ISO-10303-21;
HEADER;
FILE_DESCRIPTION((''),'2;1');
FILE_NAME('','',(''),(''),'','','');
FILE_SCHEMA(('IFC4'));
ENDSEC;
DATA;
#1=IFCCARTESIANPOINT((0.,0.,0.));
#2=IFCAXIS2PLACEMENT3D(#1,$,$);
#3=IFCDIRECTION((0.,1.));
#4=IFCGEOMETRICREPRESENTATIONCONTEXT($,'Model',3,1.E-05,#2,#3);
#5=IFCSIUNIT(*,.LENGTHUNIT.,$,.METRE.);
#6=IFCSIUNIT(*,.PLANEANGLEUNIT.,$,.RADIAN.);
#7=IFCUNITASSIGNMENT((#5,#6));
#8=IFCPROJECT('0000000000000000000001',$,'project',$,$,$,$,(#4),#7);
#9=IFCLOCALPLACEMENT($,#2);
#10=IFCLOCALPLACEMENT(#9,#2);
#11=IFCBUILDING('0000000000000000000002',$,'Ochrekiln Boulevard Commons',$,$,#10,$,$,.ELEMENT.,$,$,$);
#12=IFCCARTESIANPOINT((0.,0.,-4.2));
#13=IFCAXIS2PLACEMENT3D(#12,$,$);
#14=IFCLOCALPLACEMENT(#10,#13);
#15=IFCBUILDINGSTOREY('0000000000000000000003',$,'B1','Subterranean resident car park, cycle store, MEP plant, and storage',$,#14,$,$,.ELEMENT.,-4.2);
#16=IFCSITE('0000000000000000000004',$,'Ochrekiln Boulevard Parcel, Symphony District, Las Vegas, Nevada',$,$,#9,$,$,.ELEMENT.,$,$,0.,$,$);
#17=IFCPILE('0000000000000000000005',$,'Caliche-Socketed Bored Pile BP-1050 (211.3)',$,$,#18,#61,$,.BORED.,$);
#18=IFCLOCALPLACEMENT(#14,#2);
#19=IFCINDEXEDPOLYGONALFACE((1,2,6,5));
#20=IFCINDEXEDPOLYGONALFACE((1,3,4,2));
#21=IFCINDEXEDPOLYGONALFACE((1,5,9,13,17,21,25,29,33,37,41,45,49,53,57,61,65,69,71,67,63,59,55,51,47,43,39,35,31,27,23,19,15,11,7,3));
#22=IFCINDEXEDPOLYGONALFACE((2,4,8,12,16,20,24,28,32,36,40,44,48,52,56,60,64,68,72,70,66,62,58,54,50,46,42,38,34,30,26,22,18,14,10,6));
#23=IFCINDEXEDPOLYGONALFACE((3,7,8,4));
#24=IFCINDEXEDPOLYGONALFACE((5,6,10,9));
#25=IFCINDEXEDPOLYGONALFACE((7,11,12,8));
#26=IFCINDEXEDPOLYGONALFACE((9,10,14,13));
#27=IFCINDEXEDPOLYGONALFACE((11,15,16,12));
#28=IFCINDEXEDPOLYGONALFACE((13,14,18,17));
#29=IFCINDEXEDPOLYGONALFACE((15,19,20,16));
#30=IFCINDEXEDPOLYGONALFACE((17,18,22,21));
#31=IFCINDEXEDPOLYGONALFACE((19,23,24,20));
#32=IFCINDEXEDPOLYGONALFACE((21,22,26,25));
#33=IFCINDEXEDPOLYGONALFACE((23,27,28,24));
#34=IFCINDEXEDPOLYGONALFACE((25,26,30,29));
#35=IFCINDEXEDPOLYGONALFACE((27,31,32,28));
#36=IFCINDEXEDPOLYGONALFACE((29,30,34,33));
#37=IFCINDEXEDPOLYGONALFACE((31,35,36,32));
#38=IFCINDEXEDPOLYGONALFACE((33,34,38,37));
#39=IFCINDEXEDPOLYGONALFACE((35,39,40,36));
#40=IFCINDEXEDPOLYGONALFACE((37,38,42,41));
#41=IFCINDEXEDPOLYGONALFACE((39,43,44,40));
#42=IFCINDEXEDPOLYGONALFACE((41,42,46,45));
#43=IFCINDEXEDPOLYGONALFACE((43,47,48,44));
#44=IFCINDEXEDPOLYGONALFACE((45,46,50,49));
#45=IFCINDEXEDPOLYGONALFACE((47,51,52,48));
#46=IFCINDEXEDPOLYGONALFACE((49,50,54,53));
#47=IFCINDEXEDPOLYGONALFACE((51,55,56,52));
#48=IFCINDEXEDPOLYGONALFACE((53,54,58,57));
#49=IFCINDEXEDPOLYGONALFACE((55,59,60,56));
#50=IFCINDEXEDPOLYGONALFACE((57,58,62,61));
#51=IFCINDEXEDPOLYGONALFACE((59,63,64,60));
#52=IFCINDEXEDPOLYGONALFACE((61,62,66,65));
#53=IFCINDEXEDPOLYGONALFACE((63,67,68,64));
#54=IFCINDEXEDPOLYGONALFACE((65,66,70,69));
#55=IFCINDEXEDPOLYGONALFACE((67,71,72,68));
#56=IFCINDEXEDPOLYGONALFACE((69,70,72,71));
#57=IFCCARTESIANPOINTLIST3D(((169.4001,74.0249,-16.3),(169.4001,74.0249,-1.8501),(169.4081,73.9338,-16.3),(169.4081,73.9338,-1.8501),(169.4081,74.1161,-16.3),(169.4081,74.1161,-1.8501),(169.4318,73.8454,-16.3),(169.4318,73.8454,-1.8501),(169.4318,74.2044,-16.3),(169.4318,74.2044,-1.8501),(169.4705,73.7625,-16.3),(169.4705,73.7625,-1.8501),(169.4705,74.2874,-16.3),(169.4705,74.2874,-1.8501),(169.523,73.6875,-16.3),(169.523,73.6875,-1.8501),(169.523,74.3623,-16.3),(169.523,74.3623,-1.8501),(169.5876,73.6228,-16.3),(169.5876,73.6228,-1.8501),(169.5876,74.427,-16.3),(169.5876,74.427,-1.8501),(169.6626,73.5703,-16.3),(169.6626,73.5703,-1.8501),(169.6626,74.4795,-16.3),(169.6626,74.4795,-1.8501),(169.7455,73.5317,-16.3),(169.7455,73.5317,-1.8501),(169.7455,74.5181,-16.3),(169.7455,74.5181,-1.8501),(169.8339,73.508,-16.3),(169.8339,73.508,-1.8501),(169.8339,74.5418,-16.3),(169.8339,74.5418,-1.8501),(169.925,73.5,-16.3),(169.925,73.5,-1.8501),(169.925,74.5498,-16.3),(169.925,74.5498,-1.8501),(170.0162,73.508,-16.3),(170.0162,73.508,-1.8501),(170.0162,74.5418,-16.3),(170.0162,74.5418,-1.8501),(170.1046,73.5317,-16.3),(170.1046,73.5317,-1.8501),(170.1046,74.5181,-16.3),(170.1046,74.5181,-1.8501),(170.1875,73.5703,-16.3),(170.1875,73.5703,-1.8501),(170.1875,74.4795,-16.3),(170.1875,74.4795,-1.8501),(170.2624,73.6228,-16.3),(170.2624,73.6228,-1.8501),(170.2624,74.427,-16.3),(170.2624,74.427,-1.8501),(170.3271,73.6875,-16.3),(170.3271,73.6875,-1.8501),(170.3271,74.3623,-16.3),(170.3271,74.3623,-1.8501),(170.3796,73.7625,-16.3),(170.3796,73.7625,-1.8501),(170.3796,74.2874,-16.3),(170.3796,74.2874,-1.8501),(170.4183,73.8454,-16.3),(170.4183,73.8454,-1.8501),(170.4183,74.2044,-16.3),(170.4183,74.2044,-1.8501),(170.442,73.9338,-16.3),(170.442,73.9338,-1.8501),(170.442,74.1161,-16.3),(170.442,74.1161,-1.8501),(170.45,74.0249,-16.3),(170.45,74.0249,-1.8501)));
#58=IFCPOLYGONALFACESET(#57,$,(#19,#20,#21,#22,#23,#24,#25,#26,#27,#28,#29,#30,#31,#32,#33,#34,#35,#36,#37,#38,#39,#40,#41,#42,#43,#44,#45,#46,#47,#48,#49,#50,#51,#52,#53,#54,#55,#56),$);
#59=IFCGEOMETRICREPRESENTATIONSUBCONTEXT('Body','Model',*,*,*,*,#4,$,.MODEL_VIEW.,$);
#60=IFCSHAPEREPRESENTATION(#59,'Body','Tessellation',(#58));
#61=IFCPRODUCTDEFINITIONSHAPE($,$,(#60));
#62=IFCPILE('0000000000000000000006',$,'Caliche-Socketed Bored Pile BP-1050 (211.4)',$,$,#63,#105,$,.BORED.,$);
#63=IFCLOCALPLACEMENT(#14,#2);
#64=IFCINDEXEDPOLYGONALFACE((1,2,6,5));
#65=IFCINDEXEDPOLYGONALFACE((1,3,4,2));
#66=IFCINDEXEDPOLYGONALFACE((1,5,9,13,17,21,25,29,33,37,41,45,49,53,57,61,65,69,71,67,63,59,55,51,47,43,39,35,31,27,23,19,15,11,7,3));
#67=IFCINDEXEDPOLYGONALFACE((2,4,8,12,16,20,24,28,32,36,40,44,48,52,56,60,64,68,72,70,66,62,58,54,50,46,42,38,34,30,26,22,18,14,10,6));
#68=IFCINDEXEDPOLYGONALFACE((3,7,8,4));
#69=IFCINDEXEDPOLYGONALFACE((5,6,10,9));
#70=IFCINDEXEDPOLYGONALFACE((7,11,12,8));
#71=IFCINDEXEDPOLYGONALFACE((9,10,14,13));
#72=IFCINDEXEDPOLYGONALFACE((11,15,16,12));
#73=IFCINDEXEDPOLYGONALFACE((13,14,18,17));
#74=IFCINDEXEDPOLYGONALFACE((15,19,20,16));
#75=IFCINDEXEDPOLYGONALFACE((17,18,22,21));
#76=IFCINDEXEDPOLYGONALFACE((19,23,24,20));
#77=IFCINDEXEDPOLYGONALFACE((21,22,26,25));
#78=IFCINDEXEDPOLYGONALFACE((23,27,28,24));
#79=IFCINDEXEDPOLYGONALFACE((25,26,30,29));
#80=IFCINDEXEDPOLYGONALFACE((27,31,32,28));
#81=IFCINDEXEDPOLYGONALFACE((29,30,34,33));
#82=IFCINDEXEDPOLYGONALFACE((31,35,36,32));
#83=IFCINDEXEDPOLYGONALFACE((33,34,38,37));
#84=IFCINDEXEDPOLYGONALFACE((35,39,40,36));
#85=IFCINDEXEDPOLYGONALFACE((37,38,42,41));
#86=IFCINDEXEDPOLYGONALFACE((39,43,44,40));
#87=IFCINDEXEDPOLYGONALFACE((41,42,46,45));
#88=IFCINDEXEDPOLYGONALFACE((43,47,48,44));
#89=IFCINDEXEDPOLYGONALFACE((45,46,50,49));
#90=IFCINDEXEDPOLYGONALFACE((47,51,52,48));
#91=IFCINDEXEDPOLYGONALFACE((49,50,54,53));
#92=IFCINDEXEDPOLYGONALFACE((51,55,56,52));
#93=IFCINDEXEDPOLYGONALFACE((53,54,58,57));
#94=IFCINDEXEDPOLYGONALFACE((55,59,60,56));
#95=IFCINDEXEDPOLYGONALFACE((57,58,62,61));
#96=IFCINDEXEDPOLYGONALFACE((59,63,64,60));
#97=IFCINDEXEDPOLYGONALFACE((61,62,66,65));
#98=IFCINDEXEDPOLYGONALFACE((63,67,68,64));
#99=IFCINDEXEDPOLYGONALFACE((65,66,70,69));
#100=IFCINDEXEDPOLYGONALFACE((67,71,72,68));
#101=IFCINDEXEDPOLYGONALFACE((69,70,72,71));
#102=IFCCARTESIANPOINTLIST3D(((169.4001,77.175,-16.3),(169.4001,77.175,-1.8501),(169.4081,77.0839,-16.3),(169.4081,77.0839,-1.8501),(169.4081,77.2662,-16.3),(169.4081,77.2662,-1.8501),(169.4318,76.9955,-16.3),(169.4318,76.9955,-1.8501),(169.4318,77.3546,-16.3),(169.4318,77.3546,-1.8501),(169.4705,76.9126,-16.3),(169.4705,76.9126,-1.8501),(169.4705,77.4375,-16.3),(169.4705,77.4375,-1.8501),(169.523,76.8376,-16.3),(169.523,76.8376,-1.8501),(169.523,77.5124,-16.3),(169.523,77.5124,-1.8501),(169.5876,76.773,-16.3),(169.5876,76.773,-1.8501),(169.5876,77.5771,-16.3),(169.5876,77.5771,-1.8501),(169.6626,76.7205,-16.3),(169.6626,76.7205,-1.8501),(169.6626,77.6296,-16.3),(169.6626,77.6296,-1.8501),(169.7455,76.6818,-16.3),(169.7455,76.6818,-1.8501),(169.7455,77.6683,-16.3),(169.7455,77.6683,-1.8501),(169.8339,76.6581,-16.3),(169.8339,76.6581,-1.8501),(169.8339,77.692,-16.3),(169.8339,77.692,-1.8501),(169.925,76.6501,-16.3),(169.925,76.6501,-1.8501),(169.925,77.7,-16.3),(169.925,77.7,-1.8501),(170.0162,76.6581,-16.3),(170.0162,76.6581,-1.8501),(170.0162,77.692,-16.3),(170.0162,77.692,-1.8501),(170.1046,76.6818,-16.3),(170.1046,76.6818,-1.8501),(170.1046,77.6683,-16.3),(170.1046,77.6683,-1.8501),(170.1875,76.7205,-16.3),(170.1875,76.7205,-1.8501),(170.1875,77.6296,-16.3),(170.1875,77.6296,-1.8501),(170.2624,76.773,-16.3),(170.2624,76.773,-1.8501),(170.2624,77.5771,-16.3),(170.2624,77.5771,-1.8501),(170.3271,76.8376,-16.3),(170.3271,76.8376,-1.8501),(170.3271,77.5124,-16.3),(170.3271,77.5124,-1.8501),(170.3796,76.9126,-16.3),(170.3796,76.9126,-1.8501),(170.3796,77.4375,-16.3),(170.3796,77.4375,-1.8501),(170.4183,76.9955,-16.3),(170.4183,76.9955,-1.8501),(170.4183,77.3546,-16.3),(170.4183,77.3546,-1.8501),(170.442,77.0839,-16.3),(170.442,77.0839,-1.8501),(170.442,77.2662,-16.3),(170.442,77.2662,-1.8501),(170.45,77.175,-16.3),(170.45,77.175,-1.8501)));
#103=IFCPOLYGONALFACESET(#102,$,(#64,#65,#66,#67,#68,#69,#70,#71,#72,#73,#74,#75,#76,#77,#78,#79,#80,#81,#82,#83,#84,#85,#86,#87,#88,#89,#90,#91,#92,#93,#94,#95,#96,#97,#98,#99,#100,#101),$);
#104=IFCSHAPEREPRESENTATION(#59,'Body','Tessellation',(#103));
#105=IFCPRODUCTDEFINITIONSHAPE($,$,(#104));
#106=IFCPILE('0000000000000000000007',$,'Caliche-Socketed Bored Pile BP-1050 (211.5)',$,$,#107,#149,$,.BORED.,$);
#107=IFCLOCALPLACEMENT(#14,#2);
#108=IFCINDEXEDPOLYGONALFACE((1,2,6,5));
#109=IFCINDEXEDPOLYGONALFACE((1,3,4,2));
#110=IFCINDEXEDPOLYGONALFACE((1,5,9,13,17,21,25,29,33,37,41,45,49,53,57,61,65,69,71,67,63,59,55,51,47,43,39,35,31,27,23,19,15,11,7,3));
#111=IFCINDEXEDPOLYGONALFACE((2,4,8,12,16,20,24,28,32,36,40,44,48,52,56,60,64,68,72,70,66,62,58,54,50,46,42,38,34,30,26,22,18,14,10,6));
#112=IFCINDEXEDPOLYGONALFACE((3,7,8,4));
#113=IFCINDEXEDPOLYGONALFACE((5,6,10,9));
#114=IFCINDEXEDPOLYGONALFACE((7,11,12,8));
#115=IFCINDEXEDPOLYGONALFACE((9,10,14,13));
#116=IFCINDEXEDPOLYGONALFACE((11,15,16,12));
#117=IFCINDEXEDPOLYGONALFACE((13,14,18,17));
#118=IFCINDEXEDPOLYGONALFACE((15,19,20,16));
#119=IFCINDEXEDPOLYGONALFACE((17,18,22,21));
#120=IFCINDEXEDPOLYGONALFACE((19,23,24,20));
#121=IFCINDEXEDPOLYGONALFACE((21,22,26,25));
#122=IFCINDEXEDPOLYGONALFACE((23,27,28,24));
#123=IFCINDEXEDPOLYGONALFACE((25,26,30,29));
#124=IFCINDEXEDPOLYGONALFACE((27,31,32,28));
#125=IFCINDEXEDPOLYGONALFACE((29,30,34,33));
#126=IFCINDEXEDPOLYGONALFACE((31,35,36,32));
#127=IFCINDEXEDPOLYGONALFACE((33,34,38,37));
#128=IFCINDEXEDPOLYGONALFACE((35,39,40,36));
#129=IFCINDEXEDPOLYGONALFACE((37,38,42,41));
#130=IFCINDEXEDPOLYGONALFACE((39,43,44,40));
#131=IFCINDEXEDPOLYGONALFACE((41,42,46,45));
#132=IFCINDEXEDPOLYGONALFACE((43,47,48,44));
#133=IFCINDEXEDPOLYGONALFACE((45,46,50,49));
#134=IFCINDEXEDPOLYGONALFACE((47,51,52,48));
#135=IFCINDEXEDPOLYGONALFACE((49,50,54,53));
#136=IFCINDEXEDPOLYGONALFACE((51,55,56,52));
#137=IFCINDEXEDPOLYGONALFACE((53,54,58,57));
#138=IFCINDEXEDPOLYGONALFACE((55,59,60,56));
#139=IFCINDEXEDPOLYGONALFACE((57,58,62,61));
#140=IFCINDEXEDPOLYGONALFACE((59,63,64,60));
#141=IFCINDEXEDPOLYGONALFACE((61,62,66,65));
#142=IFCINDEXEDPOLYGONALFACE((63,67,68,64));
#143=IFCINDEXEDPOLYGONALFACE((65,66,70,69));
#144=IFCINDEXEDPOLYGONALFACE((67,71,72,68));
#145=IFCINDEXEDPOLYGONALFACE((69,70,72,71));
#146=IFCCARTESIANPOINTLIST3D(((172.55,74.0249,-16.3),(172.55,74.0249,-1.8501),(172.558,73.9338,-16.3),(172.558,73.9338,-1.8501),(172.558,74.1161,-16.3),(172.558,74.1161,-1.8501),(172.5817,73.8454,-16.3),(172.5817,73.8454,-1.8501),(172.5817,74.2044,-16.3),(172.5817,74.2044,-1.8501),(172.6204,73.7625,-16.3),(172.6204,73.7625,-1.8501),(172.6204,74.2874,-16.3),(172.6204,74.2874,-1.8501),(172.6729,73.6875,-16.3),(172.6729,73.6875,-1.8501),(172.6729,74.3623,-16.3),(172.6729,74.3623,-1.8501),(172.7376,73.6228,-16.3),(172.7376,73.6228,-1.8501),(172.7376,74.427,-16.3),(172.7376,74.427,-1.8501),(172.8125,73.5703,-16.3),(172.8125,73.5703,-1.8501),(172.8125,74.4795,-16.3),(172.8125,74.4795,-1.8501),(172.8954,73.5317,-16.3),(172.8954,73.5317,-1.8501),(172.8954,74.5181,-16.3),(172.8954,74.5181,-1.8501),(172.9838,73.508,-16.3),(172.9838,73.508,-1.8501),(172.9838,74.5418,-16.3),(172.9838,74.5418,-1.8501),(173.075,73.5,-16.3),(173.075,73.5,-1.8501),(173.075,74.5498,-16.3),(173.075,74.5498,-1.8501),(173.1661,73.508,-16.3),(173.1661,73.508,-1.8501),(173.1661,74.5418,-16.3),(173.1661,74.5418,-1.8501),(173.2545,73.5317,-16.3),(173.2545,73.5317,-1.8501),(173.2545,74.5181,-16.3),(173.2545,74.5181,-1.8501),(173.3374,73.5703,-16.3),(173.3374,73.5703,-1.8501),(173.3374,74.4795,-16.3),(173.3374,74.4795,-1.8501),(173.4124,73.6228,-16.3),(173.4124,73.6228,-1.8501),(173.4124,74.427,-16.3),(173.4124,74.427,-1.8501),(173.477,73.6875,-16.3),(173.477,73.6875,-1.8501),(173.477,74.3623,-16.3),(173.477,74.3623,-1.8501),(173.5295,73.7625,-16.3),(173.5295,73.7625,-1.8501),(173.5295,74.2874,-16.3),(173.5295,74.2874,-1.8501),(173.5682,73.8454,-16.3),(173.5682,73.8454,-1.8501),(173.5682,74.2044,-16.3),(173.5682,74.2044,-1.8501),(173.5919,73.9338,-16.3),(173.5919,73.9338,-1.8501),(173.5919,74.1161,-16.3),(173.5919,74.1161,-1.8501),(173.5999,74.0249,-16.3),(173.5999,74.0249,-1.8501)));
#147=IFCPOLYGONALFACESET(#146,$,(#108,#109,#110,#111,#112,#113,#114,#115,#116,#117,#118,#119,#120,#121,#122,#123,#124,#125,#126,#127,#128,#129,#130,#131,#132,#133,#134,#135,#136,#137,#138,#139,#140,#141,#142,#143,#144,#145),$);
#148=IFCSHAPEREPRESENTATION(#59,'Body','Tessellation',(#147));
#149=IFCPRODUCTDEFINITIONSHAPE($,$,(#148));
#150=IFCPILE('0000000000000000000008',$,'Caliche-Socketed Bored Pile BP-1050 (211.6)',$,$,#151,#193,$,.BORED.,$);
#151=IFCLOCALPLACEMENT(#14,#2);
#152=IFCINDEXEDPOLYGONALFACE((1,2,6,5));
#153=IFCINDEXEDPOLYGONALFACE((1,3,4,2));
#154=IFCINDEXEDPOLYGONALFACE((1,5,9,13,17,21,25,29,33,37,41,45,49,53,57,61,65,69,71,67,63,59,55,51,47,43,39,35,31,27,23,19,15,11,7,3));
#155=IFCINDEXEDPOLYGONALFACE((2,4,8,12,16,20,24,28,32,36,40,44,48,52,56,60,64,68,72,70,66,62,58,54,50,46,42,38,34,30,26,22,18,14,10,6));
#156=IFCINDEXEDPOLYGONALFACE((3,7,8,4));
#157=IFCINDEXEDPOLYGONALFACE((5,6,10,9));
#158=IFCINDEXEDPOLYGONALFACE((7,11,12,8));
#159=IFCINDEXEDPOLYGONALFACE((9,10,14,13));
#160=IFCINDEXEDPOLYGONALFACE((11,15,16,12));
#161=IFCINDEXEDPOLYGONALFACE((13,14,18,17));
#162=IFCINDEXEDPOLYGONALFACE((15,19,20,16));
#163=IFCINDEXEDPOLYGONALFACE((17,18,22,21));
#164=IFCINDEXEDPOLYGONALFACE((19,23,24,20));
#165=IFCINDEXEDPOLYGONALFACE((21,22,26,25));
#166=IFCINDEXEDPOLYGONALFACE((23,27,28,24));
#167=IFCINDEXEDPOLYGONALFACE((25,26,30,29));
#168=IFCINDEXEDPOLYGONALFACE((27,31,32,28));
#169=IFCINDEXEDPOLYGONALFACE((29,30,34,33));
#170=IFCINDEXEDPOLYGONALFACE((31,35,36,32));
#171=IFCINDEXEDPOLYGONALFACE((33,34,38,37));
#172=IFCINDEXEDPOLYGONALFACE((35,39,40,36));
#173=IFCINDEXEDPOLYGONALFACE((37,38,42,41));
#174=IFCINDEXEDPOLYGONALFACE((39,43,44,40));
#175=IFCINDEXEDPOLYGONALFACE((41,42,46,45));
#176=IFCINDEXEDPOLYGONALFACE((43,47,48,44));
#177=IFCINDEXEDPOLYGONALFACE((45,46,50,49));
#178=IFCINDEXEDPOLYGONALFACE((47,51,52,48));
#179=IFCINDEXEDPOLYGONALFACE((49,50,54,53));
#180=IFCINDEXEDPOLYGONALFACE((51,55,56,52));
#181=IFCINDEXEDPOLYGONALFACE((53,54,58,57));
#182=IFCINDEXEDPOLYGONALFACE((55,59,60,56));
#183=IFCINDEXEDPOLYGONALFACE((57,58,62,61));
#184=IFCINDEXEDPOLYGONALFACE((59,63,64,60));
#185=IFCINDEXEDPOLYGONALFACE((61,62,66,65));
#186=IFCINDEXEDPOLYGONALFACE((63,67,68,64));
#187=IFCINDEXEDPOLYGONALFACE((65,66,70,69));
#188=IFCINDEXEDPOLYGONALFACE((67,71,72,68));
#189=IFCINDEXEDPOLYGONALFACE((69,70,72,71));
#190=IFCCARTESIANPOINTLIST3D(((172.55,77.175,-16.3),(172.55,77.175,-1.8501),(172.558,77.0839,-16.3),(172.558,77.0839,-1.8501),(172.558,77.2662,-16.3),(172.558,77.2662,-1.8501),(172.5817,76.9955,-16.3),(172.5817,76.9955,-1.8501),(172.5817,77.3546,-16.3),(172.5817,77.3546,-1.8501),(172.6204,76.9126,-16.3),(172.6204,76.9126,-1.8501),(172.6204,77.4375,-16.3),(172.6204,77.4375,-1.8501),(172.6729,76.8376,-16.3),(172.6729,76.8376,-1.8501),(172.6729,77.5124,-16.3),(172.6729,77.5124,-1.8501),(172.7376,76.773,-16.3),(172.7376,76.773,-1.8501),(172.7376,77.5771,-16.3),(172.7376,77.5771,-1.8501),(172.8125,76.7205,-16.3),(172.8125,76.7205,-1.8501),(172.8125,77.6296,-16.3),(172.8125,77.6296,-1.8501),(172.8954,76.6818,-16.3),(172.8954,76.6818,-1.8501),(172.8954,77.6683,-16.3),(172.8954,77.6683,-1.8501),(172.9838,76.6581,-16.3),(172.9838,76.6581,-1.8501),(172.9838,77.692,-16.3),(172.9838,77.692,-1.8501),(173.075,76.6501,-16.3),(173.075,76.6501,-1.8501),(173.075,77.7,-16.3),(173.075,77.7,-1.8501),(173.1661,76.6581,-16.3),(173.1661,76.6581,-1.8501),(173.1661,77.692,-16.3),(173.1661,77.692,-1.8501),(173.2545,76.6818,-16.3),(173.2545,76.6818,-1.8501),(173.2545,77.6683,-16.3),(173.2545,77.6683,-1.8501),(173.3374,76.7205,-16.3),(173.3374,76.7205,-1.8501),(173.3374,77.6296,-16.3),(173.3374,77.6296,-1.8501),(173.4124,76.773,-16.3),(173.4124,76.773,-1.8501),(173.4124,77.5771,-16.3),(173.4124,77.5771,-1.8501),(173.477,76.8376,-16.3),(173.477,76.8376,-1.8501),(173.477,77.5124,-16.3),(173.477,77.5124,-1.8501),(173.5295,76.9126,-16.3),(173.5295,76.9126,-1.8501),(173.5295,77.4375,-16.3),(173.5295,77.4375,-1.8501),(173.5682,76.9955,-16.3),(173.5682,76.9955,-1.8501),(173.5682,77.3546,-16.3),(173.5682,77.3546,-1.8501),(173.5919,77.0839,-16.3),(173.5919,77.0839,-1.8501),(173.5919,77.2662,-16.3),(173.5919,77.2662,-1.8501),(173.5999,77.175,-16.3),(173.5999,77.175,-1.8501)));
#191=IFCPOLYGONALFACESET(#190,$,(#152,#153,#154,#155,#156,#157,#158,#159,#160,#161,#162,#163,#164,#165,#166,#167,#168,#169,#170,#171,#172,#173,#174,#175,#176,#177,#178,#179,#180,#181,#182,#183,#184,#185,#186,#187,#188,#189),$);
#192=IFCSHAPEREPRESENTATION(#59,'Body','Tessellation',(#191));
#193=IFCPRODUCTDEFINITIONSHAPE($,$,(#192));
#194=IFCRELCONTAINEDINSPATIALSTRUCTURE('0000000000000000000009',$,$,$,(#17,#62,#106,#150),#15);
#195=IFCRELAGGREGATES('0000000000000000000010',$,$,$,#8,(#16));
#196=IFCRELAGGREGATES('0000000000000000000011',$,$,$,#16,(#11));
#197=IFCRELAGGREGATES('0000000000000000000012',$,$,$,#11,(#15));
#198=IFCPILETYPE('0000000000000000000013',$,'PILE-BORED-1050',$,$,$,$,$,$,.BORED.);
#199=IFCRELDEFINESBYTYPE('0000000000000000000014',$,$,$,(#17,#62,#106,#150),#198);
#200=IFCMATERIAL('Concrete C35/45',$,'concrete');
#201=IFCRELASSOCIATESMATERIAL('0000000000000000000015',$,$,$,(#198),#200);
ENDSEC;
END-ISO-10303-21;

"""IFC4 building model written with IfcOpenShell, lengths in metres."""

from ifc_helpers import new_model, si_unit, direction, frame, origin, origin_2d, place, context, subcontext, project, spatial, circle, extrude, material, material_profile, profile_set, type_object, element, save


model = new_model("IFC4")

# Units and contexts
model_context = context("Model", 3, precision=1e-05, world=origin(), true_north=direction((0.0, 1.0)))
body_context = subcontext(model_context, "Body", "Model", "MODEL_VIEW")
ifc_project = project(units=[si_unit("LENGTHUNIT", "METRE"), si_unit("PLANEANGLEUNIT", "RADIAN")], contexts=[model_context])

# Site, building, storey
site_placement = place(None, origin())
site = spatial("IfcSite", under=ifc_project, at=site_placement, Name="Ochrekiln Boulevard Parcel, Symphony District, Las Vegas, Nevada", CompositionType="ELEMENT", RefElevation=0.0)
building_placement = place(site_placement, origin())
building = spatial("IfcBuilding", under=site, at=building_placement, Name="Ochrekiln Boulevard Commons", CompositionType="ELEMENT")
storey_placement = place(building_placement, frame((0.0, 0.0, -4.2)))
storey = spatial("IfcBuildingStorey", under=building, at=storey_placement, Name="B1", Description="Subterranean resident car park, cycle store, MEP plant, and storage", CompositionType="ELEMENT", Elevation=-4.2)

# Shared definitions
ifc_material_1 = material(Name="Concrete C35/45", Category="concrete")

# Piles
ifc_material_profile_1 = material_profile(ifc_material_1, circle(Radius=0.5249, at=origin_2d()), Name="PILE-D1050")
ifc_profile_set_1 = profile_set([ifc_material_profile_1], Name="Concrete C35/45")
pile_type = type_object("IfcPileType", Name="PILE-BORED-1050", PredefinedType="BORED", material=ifc_profile_set_1)
for number, where, z_axis, x_axis, name in (
    (1, (169.925, 74.0249, -1.8501), (0.0, 0.0, -1.0), (1.0, 0.0, 0.0), "Caliche-Socketed Bored Pile BP-1050 (211.3)"),
    (2, (169.925, 77.175, -1.8501), (0.0, 0.0, -1.0), (1.0, 0.0, 0.0), "Caliche-Socketed Bored Pile BP-1050 (211.4)"),
    (3, (173.075, 74.0249, -1.8501), (0.0, 0.0, -1.0), (1.0, 0.0, 0.0), "Caliche-Socketed Bored Pile BP-1050 (211.5)"),
    (4, (173.075, 77.175, -1.8501), (0.0, 0.0, -1.0), (1.0, 0.0, 0.0), "Caliche-Socketed Bored Pile BP-1050 (211.6)"),
):
    element("IfcPile", number, at=place(storey_placement, frame(where, z_axis=z_axis, x_axis=x_axis)), inside=storey, type_object=pile_type, Name=name, PredefinedType="BORED", context=body_context, shape_type="SweptSolid", body=[
        extrude(circle(Radius=0.5249, at=origin_2d()), origin(), (0.0, 0.0, 1.0), 14.45),
    ])

save(model, "model.ifc")
